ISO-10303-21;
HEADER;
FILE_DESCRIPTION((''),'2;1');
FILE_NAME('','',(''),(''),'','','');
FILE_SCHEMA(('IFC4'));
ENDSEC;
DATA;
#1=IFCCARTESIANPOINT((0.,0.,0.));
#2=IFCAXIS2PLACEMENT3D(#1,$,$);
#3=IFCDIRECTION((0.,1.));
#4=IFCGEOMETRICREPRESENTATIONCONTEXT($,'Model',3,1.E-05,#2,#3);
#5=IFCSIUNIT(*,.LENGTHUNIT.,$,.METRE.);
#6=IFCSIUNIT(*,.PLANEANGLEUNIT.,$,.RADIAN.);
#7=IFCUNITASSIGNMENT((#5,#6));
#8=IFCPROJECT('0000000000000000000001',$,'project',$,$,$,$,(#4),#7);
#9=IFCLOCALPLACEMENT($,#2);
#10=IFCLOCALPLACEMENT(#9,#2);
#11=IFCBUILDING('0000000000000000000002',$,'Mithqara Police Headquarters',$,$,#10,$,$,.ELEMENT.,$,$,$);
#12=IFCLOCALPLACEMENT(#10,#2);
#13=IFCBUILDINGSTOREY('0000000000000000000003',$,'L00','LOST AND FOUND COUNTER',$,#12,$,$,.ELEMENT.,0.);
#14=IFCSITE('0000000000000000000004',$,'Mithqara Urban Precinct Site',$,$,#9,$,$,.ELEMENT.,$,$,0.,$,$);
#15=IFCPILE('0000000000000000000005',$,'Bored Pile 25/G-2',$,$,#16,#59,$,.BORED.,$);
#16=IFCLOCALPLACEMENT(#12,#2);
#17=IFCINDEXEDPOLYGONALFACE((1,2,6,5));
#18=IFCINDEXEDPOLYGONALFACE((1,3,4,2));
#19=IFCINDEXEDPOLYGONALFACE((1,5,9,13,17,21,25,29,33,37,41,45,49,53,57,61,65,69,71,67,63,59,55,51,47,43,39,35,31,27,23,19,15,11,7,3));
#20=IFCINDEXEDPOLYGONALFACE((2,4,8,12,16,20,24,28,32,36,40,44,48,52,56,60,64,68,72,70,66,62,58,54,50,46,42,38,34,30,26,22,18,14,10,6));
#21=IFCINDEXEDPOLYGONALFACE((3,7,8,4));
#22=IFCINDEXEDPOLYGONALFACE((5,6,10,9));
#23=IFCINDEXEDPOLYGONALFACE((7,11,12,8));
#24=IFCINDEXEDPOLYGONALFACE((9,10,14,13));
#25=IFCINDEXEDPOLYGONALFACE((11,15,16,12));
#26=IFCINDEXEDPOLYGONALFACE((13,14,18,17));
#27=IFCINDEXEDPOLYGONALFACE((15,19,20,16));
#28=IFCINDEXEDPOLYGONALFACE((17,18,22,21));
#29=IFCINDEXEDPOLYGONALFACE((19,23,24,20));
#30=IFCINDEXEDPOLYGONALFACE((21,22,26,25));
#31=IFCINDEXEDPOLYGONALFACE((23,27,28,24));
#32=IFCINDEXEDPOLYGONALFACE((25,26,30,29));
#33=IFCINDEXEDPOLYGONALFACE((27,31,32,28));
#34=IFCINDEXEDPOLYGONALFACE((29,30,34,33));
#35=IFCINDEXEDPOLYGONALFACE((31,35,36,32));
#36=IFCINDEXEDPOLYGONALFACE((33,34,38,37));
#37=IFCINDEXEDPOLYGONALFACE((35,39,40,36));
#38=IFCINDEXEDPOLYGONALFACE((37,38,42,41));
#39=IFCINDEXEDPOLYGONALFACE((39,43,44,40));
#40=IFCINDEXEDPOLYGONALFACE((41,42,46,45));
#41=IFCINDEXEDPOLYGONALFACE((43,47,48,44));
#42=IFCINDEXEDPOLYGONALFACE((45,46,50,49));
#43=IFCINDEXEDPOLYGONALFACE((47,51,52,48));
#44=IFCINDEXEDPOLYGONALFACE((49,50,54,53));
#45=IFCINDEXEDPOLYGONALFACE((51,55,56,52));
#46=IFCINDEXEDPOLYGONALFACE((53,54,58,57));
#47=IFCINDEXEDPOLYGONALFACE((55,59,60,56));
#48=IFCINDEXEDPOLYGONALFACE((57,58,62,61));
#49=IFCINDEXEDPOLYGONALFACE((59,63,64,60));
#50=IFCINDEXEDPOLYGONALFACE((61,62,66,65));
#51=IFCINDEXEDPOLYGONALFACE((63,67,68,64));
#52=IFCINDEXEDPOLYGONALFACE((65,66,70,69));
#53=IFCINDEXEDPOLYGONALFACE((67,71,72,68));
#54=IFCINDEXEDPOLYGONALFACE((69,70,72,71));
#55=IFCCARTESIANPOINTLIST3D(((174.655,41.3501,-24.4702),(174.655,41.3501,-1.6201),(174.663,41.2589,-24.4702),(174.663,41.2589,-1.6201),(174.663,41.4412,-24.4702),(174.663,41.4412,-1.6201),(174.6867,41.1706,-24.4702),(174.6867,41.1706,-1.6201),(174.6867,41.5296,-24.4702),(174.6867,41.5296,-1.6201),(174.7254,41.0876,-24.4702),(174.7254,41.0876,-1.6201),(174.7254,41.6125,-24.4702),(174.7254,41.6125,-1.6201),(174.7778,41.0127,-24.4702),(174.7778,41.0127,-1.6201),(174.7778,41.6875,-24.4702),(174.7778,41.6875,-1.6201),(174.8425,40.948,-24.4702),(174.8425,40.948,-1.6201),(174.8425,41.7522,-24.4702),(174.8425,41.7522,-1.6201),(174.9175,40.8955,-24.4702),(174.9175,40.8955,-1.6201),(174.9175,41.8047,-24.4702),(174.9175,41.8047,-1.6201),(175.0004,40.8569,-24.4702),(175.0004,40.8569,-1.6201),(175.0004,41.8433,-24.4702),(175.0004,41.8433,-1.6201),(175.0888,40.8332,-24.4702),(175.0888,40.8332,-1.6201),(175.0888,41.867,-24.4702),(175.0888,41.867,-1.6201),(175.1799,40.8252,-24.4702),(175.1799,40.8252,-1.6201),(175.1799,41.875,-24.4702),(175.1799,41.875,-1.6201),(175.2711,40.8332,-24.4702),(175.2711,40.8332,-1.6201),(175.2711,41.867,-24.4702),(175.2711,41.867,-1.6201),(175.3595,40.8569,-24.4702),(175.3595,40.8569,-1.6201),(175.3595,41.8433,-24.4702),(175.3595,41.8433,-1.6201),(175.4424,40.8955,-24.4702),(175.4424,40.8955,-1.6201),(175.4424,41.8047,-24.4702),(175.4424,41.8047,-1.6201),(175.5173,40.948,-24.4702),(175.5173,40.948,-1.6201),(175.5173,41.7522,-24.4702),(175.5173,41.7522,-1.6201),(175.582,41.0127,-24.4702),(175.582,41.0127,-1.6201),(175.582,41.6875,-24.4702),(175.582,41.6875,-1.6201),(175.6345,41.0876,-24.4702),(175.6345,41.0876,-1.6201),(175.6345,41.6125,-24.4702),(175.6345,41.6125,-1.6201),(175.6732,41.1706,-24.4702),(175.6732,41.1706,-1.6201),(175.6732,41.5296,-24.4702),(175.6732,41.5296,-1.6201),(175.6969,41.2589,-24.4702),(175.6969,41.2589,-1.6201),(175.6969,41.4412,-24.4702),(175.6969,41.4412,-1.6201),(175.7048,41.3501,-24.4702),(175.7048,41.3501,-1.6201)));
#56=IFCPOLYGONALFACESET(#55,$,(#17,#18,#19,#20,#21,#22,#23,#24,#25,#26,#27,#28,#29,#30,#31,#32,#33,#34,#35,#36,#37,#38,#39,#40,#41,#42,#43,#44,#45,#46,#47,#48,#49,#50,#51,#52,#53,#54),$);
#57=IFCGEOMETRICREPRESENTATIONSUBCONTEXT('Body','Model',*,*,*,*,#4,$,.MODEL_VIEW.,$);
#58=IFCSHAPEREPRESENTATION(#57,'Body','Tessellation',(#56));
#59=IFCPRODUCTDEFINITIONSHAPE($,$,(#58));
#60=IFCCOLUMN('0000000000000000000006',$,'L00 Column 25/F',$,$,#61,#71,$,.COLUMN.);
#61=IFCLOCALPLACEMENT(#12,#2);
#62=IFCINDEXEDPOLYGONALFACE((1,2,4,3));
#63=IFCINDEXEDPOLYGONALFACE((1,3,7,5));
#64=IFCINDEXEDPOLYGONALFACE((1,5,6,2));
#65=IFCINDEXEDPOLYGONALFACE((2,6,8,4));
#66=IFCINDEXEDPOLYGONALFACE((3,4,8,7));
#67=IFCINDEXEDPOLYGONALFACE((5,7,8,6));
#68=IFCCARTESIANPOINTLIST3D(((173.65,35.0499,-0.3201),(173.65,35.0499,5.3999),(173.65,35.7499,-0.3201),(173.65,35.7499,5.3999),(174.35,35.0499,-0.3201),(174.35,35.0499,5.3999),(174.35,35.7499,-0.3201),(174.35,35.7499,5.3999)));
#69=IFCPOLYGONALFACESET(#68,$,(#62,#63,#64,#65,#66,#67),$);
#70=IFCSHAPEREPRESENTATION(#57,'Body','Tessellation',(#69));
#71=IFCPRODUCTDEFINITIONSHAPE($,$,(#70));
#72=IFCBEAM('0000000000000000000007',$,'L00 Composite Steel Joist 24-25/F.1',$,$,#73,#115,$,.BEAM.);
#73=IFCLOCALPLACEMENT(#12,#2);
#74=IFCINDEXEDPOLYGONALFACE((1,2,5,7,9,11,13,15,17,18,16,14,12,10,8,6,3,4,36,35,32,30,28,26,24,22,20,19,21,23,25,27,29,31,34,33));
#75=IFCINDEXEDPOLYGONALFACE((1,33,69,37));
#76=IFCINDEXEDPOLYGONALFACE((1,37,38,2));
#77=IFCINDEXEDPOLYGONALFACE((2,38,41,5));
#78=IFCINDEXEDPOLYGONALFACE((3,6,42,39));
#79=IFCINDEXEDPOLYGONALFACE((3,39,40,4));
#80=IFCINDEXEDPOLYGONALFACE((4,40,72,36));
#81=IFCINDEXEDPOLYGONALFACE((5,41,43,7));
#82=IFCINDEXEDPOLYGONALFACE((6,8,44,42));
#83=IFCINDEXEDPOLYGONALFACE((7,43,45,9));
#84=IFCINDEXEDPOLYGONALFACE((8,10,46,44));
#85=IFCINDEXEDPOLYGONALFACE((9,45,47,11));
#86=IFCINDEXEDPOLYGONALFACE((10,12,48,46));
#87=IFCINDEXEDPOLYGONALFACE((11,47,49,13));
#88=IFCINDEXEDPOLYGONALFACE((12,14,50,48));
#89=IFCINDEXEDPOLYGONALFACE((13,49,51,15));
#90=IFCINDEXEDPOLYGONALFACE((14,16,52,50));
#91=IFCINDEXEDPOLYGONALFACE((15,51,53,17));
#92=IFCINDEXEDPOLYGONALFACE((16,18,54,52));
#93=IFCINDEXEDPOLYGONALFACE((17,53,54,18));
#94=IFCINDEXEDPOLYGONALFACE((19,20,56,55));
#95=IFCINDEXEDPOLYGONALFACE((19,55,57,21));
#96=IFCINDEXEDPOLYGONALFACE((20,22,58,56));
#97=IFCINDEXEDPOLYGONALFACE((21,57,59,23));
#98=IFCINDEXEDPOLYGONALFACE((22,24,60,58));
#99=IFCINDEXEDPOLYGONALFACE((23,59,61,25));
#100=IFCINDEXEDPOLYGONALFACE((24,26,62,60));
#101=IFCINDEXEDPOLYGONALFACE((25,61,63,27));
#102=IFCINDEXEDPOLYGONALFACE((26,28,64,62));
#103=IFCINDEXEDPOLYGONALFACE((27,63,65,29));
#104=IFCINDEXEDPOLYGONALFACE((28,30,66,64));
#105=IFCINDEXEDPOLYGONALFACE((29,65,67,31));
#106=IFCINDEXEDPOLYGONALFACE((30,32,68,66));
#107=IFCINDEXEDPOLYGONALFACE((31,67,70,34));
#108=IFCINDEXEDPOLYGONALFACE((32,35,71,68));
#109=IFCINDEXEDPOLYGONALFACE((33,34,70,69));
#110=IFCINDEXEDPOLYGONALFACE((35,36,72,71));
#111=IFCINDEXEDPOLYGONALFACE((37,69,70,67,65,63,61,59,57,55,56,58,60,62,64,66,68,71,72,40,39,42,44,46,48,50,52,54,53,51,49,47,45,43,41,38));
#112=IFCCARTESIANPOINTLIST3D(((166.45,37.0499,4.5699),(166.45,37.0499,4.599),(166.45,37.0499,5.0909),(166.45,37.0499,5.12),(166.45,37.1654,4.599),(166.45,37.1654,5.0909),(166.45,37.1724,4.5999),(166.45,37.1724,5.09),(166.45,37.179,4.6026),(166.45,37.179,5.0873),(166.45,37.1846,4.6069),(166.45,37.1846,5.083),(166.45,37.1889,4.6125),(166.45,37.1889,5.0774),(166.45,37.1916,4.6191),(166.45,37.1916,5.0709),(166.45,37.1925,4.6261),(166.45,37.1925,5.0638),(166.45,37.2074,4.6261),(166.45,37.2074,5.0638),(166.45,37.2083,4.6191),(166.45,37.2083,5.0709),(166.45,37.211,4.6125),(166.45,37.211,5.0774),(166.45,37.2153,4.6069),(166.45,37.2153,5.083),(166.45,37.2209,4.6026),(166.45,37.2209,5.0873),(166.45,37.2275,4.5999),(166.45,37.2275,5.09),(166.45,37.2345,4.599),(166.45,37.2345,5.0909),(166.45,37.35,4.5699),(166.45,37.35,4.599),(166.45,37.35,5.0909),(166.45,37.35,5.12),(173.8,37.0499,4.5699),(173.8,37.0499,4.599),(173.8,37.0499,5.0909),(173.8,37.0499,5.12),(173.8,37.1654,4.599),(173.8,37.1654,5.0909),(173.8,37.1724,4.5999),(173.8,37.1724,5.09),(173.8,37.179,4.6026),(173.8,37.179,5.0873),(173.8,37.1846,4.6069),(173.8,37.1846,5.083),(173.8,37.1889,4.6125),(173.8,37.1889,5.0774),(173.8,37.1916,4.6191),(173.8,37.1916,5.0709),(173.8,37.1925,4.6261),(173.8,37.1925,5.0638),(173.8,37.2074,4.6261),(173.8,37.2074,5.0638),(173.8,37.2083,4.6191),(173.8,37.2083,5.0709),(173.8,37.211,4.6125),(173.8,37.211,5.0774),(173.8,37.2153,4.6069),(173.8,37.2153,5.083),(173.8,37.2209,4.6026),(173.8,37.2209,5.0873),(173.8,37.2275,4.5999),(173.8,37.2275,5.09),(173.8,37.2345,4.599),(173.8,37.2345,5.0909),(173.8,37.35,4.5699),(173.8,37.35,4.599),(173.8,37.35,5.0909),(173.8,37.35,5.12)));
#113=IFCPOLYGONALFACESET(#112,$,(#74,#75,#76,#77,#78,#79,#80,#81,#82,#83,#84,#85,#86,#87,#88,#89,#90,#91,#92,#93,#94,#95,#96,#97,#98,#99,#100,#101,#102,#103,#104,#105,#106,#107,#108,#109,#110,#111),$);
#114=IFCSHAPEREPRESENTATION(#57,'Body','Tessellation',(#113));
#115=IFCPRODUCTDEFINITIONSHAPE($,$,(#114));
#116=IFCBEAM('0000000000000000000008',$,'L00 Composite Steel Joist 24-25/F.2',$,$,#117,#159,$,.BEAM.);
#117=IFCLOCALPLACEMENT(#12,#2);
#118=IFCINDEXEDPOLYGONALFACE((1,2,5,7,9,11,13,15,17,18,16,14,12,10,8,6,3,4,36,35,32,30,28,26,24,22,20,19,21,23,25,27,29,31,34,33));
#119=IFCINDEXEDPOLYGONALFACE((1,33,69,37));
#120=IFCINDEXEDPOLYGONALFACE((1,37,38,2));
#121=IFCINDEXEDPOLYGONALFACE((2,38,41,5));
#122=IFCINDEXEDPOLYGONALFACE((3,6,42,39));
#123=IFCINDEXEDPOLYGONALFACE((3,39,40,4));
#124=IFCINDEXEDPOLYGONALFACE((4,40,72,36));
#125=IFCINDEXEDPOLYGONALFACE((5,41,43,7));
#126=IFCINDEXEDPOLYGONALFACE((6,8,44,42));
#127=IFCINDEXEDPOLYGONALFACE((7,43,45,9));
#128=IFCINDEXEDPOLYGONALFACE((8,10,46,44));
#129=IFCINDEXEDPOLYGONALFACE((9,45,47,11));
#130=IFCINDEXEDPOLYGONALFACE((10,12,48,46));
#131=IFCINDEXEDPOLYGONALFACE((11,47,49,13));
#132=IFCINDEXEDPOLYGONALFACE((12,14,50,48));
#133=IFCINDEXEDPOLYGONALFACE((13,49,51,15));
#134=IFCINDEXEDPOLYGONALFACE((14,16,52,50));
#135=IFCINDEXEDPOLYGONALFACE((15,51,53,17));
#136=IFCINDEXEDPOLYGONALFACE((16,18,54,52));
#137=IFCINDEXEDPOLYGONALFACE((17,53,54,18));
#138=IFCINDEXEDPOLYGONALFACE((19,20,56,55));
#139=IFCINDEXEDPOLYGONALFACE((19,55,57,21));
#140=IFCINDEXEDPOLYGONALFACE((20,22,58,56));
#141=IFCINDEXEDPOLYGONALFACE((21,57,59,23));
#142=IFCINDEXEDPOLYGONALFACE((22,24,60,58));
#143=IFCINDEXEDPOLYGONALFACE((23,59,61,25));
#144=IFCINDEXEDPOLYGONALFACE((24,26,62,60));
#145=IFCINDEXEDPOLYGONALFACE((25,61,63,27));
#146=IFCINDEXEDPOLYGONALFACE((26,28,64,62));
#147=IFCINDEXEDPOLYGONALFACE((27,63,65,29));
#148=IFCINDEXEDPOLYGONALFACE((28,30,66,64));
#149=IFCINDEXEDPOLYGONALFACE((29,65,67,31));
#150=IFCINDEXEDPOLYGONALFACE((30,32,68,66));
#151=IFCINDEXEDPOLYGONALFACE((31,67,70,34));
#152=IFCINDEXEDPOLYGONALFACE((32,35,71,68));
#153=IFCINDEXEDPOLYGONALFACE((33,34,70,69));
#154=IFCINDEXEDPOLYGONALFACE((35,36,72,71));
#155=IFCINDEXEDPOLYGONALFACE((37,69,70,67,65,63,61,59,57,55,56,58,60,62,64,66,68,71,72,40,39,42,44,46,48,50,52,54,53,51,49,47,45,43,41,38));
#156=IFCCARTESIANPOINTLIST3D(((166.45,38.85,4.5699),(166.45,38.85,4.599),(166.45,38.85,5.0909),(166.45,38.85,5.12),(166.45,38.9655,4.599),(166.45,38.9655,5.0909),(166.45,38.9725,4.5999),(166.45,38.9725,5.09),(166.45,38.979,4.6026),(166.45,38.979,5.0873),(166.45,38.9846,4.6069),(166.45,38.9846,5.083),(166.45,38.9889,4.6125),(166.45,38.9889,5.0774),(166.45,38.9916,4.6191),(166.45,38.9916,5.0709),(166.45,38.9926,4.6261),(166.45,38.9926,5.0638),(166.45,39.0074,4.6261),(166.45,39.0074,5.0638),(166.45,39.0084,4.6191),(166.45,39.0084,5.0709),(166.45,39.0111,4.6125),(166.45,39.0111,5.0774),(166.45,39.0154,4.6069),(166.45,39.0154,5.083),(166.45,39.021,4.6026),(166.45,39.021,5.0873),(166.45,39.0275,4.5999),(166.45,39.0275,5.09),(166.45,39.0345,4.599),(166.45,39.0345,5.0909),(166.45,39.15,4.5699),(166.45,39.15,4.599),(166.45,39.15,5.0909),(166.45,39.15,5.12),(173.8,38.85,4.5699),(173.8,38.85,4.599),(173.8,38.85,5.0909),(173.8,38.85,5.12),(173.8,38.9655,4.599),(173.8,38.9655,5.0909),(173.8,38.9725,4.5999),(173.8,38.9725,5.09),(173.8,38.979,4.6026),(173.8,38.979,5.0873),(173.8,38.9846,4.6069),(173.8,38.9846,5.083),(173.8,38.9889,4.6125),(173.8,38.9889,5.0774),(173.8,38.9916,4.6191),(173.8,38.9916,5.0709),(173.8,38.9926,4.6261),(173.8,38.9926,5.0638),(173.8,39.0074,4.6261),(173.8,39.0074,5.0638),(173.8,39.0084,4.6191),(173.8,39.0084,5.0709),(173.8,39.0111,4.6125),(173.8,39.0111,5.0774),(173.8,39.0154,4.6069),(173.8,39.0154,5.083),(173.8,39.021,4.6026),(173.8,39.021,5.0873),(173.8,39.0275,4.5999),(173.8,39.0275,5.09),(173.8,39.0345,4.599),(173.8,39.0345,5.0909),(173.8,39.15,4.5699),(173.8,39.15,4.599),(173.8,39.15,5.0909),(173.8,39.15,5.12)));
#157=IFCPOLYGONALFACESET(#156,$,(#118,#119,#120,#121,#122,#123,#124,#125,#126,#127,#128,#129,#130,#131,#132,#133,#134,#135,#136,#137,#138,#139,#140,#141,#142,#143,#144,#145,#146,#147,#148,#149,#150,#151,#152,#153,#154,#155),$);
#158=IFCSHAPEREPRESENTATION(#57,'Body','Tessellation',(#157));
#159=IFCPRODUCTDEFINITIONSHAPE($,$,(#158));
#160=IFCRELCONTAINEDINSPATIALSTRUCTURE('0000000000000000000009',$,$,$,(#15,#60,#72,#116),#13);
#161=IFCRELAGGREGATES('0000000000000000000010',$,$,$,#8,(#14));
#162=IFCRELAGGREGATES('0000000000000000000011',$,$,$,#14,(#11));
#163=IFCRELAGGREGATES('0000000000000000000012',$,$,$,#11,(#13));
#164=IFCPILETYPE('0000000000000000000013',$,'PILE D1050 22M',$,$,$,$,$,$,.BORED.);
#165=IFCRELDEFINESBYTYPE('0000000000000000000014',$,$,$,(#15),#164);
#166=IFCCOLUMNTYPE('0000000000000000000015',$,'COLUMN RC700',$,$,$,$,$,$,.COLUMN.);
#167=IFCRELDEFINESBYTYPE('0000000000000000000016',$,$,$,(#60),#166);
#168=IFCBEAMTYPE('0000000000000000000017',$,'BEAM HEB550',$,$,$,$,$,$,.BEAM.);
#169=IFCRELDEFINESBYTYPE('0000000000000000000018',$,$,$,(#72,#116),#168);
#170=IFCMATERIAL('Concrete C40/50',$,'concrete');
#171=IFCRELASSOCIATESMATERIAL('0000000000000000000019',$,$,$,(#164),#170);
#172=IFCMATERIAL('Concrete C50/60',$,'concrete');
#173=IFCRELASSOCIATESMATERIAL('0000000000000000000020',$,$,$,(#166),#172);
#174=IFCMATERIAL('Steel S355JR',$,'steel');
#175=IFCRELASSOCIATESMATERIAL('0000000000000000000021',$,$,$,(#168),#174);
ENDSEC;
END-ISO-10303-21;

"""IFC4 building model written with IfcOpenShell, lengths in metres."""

from ifc_helpers import new_model, si_unit, direction, frame, origin, origin_2d, place, context, subcontext, project, spatial, rectangle, circle, i_section, extrude, material, material_profile, profile_set, type_object, element, save


model = new_model("IFC4")

# Units and contexts
model_context = context("Model", 3, precision=1e-05, world=origin(), true_north=direction((0.0, 1.0)))
body_context = subcontext(model_context, "Body", "Model", "MODEL_VIEW")
ifc_project = project(units=[si_unit("LENGTHUNIT", "METRE"), si_unit("PLANEANGLEUNIT", "RADIAN")], contexts=[model_context])

# Site, building, storey
site_placement = place(None, origin())
site = spatial("IfcSite", under=ifc_project, at=site_placement, Name="Mithqara Urban Precinct Site", CompositionType="ELEMENT", RefElevation=0.0)
building_placement = place(site_placement, origin())
building = spatial("IfcBuilding", under=site, at=building_placement, Name="Mithqara Police Headquarters", CompositionType="ELEMENT")
storey_placement = place(building_placement, origin())
storey = spatial("IfcBuildingStorey", under=building, at=storey_placement, Name="L00", Description="LOST AND FOUND COUNTER", CompositionType="ELEMENT", Elevation=0.0)

# Shared definitions
ifc_material_1 = material(Name="Concrete C40/50", Category="concrete")

# Pile
ifc_material_profile_1 = material_profile(ifc_material_1, circle(Radius=0.5249, at=origin_2d()), Name="PILE D1050")
ifc_profile_set_1 = profile_set([ifc_material_profile_1], Name="Concrete C40/50")
pile_type = type_object("IfcPileType", Name="PILE D1050 22M", PredefinedType="BORED", material=ifc_profile_set_1)
for number, where, z_axis, x_axis, name in (
    (1, (175.1799, 41.3501, -1.6201), (0.0, 0.0, -1.0), (1.0, 0.0, 0.0), "Bored Pile 25/G-2"),
):
    element("IfcPile", number, at=place(storey_placement, frame(where, z_axis=z_axis, x_axis=x_axis)), inside=storey, type_object=pile_type, Name=name, PredefinedType="BORED", context=body_context, shape_type="SweptSolid", body=[
        extrude(circle(Radius=0.5249, at=origin_2d()), origin(), (0.0, 0.0, 1.0), 22.8501),
    ])

# Column
ifc_material_2 = material(Name="Concrete C50/60", Category="concrete")
ifc_material_profile_2 = material_profile(ifc_material_2, rectangle(XDim=0.7, YDim=0.7, at=origin_2d()), Name="RC 700x700")
ifc_profile_set_2 = profile_set([ifc_material_profile_2], Name="Concrete C50/60")
column_type = type_object("IfcColumnType", Name="COLUMN RC700", PredefinedType="COLUMN", material=ifc_profile_set_2)
column_placement = place(storey_placement, frame((174.0, 35.3999, -0.3201), z_axis=(0.0, 0.0, 1.0), x_axis=(1.0, 0.0, 0.0)))
element("IfcColumn", 2, at=column_placement, inside=storey, type_object=column_type, Name="L00 Column 25/F", PredefinedType="COLUMN", context=body_context, shape_type="SweptSolid", body=[
    extrude(rectangle(XDim=0.7, YDim=0.7, at=origin_2d()), origin(), (0.0, 0.0, 1.0), 5.72),
])

# Beams
ifc_material_3 = material(Name="Steel S355JR", Category="steel")
ifc_material_profile_3 = material_profile(ifc_material_3, i_section(OverallWidth=0.3, OverallDepth=0.55, WebThickness=0.0149, FlangeThickness=0.0291, FilletRadius=0.0271, at=origin_2d()), Name="HEB 550")
ifc_profile_set_3 = profile_set([ifc_material_profile_3], Name="Steel S355JR")
beam_type_1 = type_object("IfcBeamType", Name="BEAM HEB550", PredefinedType="BEAM", material=ifc_profile_set_3)
for number, where, z_axis, x_axis, name in (
    (3, (166.45, 37.2, 4.845), (1.0, 0.0, 0.0), (0.0, 1.0, 0.0), "L00 Composite Steel Joist 24-25/F.1"),
    (4, (166.45, 39.0, 4.845), (1.0, 0.0, 0.0), (0.0, 1.0, 0.0), "L00 Composite Steel Joist 24-25/F.2"),
):
    element("IfcBeam", number, at=place(storey_placement, frame(where, z_axis=z_axis, x_axis=x_axis)), inside=storey, type_object=beam_type_1, Name=name, PredefinedType="BEAM", context=body_context, shape_type="SweptSolid", body=[
        extrude(i_section(OverallWidth=0.3, OverallDepth=0.55, WebThickness=0.0149, FlangeThickness=0.0291, FilletRadius=0.0271, at=origin_2d()), origin(), (0.0, 0.0, 1.0), 7.3501),
    ])

save(model, "model.ifc")
